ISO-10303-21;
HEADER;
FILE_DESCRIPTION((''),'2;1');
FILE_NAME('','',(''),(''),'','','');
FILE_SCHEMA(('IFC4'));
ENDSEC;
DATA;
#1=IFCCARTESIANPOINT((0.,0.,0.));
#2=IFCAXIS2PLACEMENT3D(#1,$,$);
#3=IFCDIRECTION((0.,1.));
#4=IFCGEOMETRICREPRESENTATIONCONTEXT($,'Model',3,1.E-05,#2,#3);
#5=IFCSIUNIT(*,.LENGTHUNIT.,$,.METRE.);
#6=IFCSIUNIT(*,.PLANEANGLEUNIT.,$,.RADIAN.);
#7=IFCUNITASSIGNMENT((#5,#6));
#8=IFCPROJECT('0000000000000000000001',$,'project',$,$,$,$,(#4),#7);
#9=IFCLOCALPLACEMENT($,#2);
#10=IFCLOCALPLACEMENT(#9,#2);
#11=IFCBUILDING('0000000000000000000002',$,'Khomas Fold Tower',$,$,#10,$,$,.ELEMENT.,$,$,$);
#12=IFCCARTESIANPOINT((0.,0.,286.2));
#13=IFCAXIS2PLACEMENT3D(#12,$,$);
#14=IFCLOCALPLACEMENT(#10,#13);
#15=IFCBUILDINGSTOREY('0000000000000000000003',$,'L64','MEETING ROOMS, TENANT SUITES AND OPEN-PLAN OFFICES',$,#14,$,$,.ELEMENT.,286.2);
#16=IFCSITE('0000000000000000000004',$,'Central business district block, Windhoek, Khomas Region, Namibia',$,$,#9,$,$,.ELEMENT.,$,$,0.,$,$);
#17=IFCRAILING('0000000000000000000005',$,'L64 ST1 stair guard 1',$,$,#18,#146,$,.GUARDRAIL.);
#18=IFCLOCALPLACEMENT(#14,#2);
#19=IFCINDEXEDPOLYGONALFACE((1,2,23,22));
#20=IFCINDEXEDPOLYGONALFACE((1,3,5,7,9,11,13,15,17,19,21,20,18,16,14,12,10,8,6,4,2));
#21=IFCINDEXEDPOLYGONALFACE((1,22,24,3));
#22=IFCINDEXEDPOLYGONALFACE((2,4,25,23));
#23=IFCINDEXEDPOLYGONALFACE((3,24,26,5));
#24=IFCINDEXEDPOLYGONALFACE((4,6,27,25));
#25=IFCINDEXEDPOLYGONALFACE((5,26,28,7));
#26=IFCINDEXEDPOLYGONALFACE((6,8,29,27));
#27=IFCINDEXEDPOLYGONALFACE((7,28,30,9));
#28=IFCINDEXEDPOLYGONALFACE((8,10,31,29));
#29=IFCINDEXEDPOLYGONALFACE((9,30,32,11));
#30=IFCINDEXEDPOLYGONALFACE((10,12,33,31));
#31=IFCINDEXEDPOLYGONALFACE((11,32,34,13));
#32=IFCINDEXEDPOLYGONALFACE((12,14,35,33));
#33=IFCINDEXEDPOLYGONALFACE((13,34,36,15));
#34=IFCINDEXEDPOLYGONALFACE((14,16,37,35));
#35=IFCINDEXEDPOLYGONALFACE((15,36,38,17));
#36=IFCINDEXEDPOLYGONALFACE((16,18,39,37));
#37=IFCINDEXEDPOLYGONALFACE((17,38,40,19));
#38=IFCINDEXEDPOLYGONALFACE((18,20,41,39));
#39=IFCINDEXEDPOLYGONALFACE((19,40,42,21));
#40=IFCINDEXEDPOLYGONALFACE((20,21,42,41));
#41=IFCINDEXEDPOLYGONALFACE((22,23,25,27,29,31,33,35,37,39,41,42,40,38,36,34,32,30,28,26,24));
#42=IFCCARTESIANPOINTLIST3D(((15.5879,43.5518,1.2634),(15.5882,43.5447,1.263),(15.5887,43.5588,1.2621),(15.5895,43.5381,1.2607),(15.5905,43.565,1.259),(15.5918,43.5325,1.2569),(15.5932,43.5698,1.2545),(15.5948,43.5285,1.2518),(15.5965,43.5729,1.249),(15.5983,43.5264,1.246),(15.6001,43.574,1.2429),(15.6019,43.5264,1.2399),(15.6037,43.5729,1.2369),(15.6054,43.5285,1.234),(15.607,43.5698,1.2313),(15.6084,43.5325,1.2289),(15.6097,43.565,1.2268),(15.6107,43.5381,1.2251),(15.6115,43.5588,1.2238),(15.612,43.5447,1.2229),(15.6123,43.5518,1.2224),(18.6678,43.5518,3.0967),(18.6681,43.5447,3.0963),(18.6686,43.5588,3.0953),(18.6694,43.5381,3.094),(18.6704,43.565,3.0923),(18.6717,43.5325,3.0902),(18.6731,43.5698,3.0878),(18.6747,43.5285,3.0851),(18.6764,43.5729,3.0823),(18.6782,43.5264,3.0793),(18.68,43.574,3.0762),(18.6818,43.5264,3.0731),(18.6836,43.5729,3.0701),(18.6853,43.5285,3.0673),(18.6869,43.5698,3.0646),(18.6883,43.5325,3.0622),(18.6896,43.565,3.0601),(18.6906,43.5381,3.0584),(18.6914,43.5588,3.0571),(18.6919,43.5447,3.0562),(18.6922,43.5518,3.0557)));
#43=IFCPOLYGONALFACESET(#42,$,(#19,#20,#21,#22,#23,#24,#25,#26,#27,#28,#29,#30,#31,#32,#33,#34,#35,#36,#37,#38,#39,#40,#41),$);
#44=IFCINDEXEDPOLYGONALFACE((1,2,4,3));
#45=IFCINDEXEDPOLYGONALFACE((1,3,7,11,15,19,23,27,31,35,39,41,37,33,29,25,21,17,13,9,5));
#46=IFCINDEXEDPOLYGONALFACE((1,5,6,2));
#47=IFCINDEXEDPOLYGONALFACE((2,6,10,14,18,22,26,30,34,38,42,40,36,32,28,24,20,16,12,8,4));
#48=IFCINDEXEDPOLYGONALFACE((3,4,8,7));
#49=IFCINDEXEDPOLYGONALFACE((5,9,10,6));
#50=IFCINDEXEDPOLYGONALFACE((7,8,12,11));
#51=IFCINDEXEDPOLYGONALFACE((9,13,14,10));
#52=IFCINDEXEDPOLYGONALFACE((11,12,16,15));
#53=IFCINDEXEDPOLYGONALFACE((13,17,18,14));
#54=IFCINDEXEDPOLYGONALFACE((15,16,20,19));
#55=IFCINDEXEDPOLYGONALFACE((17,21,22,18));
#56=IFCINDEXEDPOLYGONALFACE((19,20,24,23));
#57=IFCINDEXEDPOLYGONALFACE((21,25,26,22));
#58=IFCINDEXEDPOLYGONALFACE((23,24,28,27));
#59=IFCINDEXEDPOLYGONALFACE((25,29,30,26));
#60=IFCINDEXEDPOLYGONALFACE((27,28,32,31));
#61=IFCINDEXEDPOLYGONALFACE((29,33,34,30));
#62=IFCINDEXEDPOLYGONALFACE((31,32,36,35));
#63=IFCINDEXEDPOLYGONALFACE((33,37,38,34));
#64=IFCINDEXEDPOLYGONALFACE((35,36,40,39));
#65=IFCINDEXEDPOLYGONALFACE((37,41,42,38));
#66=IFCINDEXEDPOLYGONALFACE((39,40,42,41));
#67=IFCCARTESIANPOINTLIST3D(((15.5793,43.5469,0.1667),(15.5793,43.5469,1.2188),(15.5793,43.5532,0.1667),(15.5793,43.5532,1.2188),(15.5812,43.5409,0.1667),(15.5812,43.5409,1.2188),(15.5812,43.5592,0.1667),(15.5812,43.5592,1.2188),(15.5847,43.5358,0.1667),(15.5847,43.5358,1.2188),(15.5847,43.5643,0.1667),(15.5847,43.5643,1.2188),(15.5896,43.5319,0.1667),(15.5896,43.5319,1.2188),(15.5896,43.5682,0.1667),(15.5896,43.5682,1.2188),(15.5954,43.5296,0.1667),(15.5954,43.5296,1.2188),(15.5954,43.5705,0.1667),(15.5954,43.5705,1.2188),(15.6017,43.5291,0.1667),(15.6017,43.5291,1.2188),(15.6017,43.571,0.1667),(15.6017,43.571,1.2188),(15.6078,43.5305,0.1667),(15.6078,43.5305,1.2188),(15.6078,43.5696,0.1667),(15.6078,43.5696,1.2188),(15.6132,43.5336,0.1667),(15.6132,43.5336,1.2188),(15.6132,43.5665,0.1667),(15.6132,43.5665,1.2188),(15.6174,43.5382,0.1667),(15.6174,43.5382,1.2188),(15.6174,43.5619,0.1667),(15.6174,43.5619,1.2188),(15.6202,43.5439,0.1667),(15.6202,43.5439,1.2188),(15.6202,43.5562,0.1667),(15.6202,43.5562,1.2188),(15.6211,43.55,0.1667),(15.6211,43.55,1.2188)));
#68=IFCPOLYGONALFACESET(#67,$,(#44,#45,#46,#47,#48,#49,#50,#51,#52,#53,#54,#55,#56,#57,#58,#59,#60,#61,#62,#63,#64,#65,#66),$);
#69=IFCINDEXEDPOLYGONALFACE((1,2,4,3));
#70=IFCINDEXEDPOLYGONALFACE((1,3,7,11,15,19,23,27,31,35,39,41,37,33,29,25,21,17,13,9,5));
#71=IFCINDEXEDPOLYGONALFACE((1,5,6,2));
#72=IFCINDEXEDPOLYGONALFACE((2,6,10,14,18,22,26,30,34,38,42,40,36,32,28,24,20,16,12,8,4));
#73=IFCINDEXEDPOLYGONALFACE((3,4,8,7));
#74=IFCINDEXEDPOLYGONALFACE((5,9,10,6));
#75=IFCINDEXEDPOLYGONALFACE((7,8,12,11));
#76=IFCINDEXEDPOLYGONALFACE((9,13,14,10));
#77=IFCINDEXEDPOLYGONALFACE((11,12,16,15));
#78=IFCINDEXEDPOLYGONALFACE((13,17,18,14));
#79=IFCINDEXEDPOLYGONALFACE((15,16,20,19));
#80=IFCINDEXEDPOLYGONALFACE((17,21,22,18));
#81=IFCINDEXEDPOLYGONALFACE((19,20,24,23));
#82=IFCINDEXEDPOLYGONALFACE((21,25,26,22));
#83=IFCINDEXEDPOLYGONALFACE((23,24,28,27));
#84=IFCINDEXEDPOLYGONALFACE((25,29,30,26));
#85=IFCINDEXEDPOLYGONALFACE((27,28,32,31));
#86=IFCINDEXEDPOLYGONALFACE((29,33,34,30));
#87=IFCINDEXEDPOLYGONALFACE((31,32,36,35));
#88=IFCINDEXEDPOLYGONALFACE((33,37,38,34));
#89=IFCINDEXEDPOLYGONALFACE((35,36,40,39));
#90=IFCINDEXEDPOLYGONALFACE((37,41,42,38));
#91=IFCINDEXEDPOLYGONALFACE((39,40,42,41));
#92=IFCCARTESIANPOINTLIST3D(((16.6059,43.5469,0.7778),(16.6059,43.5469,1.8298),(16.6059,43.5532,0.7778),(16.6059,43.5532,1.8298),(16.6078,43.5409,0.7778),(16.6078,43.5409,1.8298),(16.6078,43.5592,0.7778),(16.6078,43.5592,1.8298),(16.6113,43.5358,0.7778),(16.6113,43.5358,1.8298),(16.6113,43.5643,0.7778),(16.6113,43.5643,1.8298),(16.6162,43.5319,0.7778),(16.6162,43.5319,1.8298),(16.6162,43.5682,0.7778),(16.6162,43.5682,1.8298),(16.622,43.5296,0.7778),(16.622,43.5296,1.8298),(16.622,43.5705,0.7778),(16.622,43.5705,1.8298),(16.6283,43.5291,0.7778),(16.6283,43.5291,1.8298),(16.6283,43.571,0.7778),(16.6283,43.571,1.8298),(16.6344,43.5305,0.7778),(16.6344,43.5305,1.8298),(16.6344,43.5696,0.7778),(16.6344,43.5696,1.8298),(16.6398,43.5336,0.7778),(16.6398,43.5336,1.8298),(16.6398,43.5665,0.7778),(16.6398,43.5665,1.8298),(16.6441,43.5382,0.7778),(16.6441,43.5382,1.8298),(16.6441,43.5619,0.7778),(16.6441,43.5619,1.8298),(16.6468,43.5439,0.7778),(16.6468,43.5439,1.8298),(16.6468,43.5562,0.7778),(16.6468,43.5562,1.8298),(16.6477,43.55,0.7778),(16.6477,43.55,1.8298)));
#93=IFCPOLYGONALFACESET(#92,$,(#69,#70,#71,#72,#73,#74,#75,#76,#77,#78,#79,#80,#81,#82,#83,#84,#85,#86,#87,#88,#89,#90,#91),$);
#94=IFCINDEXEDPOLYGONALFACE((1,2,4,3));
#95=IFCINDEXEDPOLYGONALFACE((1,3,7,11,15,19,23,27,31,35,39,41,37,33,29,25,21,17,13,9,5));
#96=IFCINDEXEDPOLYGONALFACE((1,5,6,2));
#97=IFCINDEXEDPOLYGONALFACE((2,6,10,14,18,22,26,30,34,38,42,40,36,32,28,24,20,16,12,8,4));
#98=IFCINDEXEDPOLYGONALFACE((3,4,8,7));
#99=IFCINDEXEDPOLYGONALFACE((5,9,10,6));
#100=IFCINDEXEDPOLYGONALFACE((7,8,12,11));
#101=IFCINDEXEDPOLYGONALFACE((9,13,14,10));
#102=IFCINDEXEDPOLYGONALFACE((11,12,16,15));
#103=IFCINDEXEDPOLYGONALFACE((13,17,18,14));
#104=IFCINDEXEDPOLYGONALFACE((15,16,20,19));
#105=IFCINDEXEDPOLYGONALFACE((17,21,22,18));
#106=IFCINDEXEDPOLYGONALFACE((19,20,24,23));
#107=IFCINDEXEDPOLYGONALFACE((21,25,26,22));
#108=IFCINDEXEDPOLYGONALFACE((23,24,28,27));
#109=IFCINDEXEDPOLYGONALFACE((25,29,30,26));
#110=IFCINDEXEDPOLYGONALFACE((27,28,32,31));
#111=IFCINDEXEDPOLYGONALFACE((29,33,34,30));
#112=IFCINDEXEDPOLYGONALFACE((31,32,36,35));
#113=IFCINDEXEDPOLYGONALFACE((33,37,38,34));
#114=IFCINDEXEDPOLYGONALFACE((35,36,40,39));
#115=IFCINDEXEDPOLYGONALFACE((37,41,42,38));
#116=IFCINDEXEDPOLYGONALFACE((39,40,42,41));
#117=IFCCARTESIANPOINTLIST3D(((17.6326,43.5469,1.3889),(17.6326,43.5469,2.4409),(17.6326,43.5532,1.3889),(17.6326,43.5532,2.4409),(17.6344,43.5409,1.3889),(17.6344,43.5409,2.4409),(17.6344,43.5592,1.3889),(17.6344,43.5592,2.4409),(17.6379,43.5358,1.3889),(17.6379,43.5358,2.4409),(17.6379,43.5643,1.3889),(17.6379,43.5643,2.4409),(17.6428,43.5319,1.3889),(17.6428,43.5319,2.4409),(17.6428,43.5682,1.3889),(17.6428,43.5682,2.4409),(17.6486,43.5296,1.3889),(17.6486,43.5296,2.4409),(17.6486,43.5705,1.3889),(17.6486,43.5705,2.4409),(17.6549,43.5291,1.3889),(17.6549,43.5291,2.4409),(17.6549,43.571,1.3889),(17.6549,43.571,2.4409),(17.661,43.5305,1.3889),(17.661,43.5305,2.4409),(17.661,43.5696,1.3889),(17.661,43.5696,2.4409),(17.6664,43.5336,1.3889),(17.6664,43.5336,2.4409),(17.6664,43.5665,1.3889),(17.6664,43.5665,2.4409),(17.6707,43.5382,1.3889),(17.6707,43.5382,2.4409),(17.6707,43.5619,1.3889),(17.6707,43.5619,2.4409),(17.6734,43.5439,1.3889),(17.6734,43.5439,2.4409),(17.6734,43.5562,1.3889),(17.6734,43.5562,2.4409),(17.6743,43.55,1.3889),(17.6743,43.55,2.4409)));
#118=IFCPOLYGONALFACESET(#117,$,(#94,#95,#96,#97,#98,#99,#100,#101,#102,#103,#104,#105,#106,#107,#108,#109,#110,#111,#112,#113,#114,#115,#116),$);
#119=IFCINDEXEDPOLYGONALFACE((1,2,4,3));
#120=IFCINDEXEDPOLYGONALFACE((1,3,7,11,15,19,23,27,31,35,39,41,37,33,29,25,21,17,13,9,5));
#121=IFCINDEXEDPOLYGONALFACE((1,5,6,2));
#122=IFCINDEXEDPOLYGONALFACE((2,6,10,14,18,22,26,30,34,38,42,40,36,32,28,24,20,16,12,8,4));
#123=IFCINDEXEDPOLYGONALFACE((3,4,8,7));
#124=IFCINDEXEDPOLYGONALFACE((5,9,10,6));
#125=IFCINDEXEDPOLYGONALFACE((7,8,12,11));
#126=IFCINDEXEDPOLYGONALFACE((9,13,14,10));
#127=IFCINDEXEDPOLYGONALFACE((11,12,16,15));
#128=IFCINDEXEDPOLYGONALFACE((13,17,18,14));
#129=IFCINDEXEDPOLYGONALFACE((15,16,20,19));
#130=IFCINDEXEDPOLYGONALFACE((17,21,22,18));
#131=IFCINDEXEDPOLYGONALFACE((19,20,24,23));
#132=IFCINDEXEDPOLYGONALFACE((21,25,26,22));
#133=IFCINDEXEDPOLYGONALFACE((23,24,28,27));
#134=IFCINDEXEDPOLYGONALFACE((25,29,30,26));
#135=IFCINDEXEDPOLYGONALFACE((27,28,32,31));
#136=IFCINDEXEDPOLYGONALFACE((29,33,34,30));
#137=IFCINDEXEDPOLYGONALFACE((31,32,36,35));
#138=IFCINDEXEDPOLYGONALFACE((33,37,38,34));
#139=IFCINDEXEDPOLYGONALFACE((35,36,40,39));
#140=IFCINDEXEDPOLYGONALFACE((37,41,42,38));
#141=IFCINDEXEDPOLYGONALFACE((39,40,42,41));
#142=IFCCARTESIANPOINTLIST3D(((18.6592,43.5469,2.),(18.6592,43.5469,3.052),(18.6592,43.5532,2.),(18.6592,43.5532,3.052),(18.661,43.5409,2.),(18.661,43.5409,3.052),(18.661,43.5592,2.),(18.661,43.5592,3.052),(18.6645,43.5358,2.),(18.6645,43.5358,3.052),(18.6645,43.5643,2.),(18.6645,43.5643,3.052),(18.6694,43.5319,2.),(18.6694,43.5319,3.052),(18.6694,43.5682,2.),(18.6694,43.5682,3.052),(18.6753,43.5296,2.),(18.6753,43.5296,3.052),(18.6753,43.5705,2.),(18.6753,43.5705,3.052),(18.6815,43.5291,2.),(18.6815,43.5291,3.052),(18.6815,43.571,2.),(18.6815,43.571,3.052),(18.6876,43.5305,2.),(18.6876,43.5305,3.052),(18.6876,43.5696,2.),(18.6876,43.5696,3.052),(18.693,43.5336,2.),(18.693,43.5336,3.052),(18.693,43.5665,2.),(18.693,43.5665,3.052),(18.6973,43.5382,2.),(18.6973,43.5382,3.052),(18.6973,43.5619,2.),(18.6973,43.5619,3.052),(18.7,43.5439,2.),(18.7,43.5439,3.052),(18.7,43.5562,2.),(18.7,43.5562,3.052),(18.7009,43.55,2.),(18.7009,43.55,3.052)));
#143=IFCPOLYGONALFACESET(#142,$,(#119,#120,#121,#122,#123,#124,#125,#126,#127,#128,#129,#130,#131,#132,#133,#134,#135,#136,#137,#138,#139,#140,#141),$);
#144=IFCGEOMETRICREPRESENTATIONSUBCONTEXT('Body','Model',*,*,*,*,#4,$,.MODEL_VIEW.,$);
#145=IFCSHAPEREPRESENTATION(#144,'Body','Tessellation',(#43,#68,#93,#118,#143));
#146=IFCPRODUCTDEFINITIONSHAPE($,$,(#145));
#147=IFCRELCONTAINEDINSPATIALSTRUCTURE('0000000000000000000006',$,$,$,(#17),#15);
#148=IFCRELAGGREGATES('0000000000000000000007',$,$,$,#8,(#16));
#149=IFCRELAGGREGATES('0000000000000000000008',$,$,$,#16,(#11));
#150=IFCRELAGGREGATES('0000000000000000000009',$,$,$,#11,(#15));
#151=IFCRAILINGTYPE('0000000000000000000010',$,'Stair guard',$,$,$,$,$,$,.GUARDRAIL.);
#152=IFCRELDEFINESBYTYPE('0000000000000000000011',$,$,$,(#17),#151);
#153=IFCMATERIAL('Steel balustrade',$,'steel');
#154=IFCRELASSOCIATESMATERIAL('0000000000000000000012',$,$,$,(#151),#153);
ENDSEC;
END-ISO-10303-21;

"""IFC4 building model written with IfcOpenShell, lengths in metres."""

from ifc_helpers import new_model, si_unit, direction, frame, origin, origin_2d, place, context, subcontext, project, spatial, circle, extrude, source, transform, mapped, material, type_object, element, save


model = new_model("IFC4")

# Units and contexts
model_context = context("Model", 3, precision=1e-05, world=origin(), true_north=direction((0.0, 1.0)))
body_context = subcontext(model_context, "Body", "Model", "MODEL_VIEW")
ifc_project = project(units=[si_unit("LENGTHUNIT", "METRE"), si_unit("PLANEANGLEUNIT", "RADIAN")], contexts=[model_context])

# Site, building, storey
site_placement = place(None, origin())
site = spatial("IfcSite", under=ifc_project, at=site_placement, Name="Central business district block, Windhoek, Khomas Region, Namibia", CompositionType="ELEMENT", RefElevation=0.0)
building_placement = place(site_placement, origin())
building = spatial("IfcBuilding", under=site, at=building_placement, Name="Khomas Fold Tower", CompositionType="ELEMENT")
storey_placement = place(building_placement, frame((0.0, 0.0, 286.2)))
storey = spatial("IfcBuildingStorey", under=building, at=storey_placement, Name="L64", Description="MEETING ROOMS, TENANT SUITES AND OPEN-PLAN OFFICES", CompositionType="ELEMENT", Elevation=286.2)

# Railing
ifc_material_1 = material(Name="Steel balustrade", Category="steel")
railing_type_1 = type_object("IfcRailingType", Name="Stair guard", PredefinedType="GUARDRAIL", material=ifc_material_1)
shared_shape_1 = source(origin(), body_context, "Body", "SweptSolid", [
    extrude(circle(Radius=0.0239, at=origin_2d()), frame((0.0, 0.0, 1.0762), z_axis=(0.859291, 0.0, 0.511487), x_axis=(0.0, 1.0, 0.0)), (0.0, 0.0, 1.0), 3.5842),
    extrude(circle(Radius=0.021, at=origin_2d()), origin(), (0.0, 0.0, 1.0), 1.052),
    extrude(circle(Radius=0.021, at=origin_2d()), frame((1.0266, 0.0, 0.6111)), (0.0, 0.0, 1.0), 1.052),
    extrude(circle(Radius=0.021, at=origin_2d()), frame((2.0532, 0.0, 1.2222)), (0.0, 0.0, 1.0), 1.052),
    extrude(circle(Radius=0.021, at=origin_2d()), frame((3.0798, 0.0, 1.8333)), (0.0, 0.0, 1.0), 1.052),
])
railing_1_placement = place(storey_placement, frame((15.6001, 43.55, 0.1667)))
element("IfcRailing", 1, at=railing_1_placement, inside=storey, type_object=railing_type_1, Name="L64 ST1 stair guard 1", PredefinedType="GUARDRAIL", context=body_context, shape_type="MappedRepresentation", body=[
    mapped(shared_shape_1, transform((0.0, 0.0, 0.0))),
])

save(model, "model.ifc")
